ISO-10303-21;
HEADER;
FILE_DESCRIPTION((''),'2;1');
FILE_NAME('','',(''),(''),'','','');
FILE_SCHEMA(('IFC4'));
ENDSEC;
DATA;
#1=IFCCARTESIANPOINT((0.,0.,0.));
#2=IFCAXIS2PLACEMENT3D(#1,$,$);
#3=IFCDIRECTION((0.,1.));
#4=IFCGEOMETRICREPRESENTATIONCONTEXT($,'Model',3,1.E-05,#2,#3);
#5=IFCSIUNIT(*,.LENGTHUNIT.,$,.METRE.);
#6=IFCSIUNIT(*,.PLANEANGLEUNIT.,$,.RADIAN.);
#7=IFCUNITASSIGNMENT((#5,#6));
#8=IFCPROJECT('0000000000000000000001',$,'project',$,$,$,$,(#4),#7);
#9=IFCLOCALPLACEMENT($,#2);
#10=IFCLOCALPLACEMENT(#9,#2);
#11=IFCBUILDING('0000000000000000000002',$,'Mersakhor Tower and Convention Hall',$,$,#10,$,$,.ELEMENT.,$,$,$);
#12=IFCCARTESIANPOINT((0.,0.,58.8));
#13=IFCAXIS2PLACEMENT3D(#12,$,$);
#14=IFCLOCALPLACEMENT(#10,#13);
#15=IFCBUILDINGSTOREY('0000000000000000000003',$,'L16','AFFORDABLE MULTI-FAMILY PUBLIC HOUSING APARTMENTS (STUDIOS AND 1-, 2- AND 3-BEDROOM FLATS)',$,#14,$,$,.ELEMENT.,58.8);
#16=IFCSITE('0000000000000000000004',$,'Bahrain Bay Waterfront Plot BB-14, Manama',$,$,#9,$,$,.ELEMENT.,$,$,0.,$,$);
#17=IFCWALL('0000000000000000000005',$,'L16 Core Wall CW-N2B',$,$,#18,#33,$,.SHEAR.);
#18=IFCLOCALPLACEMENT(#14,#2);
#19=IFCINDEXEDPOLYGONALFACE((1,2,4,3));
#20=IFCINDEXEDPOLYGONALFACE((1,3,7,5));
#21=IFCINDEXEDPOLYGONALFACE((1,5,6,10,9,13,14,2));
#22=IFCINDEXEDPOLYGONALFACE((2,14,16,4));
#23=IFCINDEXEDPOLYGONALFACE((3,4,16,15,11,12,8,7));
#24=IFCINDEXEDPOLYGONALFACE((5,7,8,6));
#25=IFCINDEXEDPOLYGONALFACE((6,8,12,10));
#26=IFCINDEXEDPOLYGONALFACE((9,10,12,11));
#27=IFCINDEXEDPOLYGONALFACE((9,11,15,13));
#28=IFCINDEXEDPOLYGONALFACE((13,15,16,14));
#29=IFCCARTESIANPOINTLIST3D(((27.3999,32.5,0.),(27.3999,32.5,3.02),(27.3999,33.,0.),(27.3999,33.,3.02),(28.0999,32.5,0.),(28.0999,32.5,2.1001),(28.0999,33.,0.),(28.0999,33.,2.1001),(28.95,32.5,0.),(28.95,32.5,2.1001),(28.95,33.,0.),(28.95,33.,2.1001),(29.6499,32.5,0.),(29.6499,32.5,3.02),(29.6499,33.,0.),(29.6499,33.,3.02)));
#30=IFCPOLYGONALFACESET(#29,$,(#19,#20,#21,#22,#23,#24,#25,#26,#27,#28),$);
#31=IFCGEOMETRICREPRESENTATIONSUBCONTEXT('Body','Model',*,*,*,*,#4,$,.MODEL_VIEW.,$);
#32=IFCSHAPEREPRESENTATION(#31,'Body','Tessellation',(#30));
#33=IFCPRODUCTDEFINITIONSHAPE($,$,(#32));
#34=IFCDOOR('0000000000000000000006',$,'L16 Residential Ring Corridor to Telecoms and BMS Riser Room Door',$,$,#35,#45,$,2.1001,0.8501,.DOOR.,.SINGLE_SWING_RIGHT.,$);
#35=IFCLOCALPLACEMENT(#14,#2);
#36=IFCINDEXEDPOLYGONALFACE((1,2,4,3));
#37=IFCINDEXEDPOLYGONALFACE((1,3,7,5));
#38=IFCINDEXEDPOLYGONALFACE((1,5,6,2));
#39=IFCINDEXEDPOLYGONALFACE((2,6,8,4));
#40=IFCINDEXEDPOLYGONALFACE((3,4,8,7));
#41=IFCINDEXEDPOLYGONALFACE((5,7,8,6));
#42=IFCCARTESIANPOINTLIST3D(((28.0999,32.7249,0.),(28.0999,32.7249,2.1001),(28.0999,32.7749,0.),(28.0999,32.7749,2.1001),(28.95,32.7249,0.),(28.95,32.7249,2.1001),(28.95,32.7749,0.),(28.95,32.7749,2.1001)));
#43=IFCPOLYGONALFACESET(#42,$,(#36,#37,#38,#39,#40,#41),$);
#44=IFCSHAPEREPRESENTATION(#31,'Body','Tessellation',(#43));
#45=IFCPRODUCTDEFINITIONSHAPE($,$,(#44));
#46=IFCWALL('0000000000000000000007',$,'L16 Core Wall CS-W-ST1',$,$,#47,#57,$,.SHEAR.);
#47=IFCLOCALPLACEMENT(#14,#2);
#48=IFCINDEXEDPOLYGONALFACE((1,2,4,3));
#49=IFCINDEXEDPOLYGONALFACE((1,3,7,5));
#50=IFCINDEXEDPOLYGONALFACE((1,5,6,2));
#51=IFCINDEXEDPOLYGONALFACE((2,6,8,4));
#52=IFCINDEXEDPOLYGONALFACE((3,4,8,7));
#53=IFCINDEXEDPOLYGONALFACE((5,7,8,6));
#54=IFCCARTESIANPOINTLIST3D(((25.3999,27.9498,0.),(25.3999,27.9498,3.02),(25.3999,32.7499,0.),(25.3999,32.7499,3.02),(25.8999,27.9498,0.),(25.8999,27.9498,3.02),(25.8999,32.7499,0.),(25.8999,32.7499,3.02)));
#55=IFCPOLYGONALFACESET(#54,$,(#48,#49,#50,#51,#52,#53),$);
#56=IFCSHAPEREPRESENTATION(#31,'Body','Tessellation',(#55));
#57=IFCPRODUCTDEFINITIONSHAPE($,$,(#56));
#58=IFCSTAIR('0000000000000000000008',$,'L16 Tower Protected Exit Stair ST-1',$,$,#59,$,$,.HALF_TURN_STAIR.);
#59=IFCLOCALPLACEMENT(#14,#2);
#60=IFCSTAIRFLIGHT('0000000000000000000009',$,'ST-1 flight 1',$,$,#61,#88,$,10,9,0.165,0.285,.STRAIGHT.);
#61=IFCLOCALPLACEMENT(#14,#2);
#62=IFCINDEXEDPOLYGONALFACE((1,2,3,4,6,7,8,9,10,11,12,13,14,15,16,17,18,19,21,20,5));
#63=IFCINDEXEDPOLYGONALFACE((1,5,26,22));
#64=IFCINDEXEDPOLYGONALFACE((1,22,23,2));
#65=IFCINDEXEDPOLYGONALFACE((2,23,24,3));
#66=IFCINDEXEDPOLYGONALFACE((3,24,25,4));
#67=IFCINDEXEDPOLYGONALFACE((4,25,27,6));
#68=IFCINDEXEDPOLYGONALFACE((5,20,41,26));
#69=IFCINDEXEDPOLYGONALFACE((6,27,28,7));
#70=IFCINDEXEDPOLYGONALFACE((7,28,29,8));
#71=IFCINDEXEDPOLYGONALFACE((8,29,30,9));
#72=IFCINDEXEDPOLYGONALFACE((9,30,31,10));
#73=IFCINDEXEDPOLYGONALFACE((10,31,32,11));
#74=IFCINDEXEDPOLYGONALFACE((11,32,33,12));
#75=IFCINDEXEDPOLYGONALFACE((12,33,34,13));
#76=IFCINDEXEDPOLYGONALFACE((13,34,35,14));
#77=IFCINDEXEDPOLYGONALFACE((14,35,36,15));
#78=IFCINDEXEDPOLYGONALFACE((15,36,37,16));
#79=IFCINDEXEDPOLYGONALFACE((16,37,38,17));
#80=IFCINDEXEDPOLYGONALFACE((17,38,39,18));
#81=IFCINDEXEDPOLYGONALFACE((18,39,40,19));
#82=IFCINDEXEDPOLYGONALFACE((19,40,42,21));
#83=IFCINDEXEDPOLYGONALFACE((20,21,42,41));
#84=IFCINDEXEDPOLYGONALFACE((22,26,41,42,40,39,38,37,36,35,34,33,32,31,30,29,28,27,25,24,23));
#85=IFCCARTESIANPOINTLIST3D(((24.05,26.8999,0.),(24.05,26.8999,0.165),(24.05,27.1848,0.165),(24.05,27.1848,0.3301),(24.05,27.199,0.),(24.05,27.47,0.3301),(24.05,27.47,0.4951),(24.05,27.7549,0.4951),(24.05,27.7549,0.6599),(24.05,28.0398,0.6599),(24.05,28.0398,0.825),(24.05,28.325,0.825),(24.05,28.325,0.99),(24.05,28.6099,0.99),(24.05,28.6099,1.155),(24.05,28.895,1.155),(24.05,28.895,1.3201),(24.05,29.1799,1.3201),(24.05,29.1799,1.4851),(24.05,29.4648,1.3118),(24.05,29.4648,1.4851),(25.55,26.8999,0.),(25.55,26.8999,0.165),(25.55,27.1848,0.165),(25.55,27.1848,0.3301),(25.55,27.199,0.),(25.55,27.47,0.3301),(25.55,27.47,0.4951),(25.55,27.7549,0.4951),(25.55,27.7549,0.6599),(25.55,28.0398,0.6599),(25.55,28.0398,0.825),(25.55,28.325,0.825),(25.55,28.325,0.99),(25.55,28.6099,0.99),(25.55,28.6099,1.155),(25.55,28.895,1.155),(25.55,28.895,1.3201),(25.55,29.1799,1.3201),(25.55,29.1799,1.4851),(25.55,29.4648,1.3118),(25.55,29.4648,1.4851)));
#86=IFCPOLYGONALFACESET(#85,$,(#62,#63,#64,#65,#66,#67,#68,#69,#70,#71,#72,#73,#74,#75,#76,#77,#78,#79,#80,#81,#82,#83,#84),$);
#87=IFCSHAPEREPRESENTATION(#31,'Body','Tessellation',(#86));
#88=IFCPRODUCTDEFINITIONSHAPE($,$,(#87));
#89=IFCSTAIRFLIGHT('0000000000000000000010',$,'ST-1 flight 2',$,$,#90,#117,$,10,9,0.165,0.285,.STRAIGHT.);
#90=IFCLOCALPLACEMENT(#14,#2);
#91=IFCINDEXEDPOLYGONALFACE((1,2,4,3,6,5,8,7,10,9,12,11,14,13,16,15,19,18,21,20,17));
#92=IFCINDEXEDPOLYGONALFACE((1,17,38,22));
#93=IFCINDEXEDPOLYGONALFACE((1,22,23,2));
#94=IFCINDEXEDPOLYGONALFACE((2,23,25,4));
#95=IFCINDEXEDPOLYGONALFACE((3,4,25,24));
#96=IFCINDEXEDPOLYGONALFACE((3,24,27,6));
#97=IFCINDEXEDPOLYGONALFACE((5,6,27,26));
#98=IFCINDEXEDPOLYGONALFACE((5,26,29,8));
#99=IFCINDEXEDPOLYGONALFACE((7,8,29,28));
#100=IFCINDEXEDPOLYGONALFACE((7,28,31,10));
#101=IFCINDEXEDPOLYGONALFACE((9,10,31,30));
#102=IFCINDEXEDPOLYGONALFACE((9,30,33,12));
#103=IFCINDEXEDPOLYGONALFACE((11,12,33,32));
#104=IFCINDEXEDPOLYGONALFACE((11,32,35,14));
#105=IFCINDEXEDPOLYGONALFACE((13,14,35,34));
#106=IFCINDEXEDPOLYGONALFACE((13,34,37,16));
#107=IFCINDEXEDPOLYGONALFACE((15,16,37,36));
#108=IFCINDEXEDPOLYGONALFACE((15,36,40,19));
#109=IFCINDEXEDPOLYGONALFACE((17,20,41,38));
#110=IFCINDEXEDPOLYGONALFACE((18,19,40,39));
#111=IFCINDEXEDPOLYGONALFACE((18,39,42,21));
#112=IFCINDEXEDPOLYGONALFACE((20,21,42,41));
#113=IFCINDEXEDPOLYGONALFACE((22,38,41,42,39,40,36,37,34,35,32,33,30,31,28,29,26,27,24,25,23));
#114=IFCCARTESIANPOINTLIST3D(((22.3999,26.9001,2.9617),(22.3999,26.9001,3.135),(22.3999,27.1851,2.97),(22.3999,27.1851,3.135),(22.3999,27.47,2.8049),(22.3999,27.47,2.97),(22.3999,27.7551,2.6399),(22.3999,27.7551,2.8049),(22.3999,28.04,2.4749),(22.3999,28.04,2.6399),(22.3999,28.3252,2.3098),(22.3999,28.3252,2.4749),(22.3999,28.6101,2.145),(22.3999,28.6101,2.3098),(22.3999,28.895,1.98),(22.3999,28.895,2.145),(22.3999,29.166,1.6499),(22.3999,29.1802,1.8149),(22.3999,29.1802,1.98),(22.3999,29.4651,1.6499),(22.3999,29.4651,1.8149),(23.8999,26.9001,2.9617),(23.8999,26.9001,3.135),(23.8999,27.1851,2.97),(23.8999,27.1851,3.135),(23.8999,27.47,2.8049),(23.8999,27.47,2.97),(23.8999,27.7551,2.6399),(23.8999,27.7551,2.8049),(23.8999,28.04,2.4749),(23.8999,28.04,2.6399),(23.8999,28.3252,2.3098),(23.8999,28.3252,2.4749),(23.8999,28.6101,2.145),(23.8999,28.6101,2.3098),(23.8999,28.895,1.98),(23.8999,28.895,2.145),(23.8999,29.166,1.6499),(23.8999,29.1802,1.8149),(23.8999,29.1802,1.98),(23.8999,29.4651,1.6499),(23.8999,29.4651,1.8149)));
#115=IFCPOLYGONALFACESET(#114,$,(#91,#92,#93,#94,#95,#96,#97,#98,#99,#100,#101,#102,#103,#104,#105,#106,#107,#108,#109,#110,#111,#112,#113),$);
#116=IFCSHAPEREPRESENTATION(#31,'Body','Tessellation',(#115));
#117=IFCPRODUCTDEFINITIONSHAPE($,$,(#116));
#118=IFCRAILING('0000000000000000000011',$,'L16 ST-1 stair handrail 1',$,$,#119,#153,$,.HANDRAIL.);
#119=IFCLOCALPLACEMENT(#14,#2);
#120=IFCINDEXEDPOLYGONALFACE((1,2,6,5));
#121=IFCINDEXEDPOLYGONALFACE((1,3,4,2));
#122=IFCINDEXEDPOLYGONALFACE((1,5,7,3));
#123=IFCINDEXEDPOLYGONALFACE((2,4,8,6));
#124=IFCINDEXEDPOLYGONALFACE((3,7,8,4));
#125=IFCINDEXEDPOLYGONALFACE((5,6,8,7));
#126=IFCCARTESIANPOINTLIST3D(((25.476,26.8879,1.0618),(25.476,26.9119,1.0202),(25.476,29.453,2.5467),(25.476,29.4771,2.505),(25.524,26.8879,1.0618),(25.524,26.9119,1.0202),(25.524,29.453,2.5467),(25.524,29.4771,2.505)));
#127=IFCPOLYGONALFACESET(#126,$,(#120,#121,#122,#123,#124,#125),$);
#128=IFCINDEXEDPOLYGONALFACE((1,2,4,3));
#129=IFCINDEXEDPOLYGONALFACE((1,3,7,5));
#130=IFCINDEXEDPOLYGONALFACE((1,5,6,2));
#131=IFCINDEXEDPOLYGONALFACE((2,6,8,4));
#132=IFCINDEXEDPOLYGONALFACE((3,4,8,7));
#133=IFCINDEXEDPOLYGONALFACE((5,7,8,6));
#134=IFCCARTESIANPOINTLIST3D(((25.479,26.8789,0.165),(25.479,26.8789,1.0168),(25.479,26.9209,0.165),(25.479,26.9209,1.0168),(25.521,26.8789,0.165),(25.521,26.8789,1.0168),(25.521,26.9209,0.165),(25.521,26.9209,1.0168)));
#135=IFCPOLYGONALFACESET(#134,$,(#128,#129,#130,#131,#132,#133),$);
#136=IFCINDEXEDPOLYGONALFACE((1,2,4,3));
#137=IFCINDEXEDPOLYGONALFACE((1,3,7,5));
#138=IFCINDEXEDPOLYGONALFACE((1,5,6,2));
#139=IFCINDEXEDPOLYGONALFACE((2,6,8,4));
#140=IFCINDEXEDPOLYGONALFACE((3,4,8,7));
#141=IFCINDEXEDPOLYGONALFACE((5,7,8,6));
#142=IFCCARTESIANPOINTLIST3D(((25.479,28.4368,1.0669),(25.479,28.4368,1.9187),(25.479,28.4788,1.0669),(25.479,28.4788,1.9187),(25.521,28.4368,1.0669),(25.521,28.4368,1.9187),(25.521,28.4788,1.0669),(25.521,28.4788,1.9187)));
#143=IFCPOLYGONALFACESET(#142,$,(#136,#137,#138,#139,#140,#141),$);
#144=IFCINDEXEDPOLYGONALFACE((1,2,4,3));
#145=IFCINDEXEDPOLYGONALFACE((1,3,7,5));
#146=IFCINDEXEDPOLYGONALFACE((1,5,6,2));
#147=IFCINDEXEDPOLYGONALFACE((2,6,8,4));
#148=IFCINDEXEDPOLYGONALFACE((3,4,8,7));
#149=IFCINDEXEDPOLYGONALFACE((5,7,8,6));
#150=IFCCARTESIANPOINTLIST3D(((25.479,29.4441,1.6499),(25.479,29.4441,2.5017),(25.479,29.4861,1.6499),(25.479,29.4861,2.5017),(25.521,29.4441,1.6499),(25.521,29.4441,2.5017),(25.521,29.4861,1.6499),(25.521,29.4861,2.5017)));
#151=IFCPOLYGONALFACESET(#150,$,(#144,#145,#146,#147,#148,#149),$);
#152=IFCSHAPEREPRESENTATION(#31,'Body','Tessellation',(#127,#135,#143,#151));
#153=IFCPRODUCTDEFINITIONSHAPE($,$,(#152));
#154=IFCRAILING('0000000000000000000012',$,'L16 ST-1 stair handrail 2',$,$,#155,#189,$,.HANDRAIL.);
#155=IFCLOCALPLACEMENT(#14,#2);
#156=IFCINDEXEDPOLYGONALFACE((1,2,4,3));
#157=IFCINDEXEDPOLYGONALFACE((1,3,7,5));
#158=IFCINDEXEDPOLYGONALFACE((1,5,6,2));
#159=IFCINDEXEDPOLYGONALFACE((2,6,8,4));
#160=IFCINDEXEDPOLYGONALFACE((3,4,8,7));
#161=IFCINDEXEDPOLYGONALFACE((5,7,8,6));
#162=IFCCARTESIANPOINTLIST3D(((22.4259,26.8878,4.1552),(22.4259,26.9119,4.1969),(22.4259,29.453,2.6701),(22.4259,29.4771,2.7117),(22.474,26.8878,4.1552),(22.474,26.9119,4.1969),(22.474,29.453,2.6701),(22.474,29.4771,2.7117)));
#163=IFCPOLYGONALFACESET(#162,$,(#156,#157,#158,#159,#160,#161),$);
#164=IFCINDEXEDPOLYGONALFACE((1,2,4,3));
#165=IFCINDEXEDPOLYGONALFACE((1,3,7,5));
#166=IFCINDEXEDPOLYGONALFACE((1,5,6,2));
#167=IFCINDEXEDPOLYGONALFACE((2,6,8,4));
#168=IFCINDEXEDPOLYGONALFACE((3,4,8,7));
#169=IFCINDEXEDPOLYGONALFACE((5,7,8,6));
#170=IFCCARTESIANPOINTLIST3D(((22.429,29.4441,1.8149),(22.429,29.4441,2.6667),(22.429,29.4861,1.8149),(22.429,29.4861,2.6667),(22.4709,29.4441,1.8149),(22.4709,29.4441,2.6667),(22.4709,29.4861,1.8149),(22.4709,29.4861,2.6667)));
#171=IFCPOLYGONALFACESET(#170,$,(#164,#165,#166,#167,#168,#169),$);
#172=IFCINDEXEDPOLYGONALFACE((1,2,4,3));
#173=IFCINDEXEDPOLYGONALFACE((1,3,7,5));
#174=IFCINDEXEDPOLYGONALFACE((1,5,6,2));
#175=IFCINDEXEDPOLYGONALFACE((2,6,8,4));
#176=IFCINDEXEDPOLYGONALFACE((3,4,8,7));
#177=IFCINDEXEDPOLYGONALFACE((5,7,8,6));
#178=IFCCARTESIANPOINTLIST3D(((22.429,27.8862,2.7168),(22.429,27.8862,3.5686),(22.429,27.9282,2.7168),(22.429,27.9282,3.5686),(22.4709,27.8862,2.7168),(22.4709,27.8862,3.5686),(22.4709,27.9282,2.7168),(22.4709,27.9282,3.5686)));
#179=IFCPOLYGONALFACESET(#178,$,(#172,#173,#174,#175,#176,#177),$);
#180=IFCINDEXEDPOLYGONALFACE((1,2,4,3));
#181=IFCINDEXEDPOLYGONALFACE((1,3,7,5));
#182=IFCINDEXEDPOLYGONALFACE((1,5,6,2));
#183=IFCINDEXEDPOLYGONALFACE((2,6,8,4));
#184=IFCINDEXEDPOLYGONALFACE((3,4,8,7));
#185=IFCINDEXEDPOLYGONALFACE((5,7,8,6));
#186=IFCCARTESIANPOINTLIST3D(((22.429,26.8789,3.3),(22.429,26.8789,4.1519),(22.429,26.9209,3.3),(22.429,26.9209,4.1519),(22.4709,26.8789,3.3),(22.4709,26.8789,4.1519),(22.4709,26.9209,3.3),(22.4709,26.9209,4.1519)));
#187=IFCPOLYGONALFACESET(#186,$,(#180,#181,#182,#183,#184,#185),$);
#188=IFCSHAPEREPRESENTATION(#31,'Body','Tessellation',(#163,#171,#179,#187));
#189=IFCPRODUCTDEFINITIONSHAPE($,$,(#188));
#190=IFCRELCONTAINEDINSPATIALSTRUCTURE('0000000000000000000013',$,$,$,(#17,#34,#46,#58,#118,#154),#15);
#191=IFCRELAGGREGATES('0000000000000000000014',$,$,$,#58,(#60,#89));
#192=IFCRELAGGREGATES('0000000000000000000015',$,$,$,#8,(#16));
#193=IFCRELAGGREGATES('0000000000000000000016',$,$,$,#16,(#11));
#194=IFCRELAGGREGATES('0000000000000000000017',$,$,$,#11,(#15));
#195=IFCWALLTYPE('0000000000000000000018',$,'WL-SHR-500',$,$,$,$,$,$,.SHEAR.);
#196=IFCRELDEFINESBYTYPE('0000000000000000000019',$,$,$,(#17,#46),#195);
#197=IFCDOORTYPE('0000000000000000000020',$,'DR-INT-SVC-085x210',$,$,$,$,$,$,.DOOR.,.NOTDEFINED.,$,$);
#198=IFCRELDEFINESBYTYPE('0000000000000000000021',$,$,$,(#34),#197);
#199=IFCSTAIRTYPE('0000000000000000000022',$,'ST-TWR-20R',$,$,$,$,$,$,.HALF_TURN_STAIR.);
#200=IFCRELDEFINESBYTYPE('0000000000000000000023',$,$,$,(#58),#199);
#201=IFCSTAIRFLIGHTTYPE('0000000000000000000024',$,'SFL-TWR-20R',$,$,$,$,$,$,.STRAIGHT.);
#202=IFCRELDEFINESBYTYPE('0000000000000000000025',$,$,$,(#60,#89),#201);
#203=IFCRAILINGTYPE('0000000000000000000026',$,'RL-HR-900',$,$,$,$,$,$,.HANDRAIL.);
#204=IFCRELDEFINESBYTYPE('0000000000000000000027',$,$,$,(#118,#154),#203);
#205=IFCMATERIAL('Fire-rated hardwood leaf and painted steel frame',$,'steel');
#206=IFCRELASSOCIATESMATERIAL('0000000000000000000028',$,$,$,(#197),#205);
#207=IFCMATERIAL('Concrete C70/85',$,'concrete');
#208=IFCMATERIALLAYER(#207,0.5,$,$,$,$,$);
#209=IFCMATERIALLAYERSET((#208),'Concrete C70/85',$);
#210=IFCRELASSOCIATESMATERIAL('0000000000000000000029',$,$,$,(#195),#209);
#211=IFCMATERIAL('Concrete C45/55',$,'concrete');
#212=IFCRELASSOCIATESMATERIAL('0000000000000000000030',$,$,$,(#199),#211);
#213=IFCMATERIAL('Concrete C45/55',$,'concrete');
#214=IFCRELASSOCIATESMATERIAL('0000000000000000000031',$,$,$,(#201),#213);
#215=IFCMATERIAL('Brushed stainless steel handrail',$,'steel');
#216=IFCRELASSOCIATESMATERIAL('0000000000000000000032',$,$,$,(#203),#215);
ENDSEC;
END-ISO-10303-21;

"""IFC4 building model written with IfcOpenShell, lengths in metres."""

from ifc_helpers import new_model, si_unit, direction, frame, frame_2d, origin, origin_2d, place, context, subcontext, project, spatial, polyline, rectangle, outline, extrude, material, layer, layer_set, type_object, element, fill, aggregate, save


model = new_model("IFC4")

# Units and contexts
model_context = context("Model", 3, precision=1e-05, world=origin(), true_north=direction((0.0, 1.0)))
body_context = subcontext(model_context, "Body", "Model", "MODEL_VIEW")
ifc_project = project(units=[si_unit("LENGTHUNIT", "METRE"), si_unit("PLANEANGLEUNIT", "RADIAN")], contexts=[model_context])

# Site, building, storey
site_placement = place(None, origin())
site = spatial("IfcSite", under=ifc_project, at=site_placement, Name="Bahrain Bay Waterfront Plot BB-14, Manama", CompositionType="ELEMENT", RefElevation=0.0)
building_placement = place(site_placement, origin())
building = spatial("IfcBuilding", under=site, at=building_placement, Name="Mersakhor Tower and Convention Hall", CompositionType="ELEMENT")
storey_placement = place(building_placement, frame((0.0, 0.0, 58.8)))
storey = spatial("IfcBuildingStorey", under=building, at=storey_placement, Name="L16", Description="AFFORDABLE MULTI-FAMILY PUBLIC HOUSING APARTMENTS (STUDIOS AND 1-, 2- AND 3-BEDROOM FLATS)", CompositionType="ELEMENT", Elevation=58.8)

# Shared definitions
ifc_material_1 = material(Name="Fire-rated hardwood leaf and painted steel frame", Category="steel")
door_type_1 = type_object("IfcDoorType", Name="DR-INT-SVC-085x210", OperationType="NOTDEFINED", PredefinedType="DOOR", material=ifc_material_1)

# Shared definitions
ifc_material_2 = material(Name="Concrete C70/85", Category="concrete")
ifc_layer_1 = layer(ifc_material_2, 0.5)
ifc_layer_set_1 = layer_set([ifc_layer_1], Name="Concrete C70/85")
wall_type_1 = type_object("IfcWallType", Name="WL-SHR-500", PredefinedType="SHEAR", material=ifc_layer_set_1)

# Wall, opening, door
wall_1_placement = place(storey_placement, frame((27.3999, 32.75, 0.0), z_axis=(0.0, 0.0, 1.0), x_axis=(1.0, 0.0, 0.0)))
wall_1 = element("IfcWall", 1, at=wall_1_placement, inside=storey, type_object=wall_type_1, Name="L16 Core Wall CW-N2B", PredefinedType="SHEAR", context=body_context, shape_type="SweptSolid", body=[
    extrude(rectangle(XDim=2.25, YDim=0.5, at=frame_2d((1.125, 0.0))), origin(), (0.0, 0.0, 1.0), 3.02),
])
opening_1_placement = place(wall_1_placement, frame((0.7, 0.0, 0.0)))
opening_1 = element("IfcOpeningElement", 2, at=opening_1_placement, cuts=wall_1, PredefinedType="OPENING", context=body_context, shape_type="SweptSolid", body=[
    extrude(rectangle(XDim=0.8501, YDim=2.1001, at=frame_2d((0.425, 1.05))), frame((0.0, 0.26, 0.0), z_axis=(0.0, -1.0, 0.0), x_axis=(1.0, 0.0, 0.0)), (0.0, 0.0, 1.0), 0.52),
])
door_1_placement = place(opening_1_placement, origin())
door_1 = element("IfcDoor", 3, at=door_1_placement, inside=storey, type_object=door_type_1, Name="L16 Residential Ring Corridor to Telecoms and BMS Riser Room Door", OperationType="SINGLE_SWING_RIGHT", OverallHeight=2.1001, OverallWidth=0.8501, PredefinedType="DOOR", context=body_context, shape_type="SweptSolid", body=[
    extrude(rectangle(XDim=0.8501, YDim=2.1001, at=frame_2d((0.425, 1.05))), frame((0.0, 0.0249, 0.0), z_axis=(0.0, -1.0, 0.0), x_axis=(1.0, 0.0, 0.0)), (0.0, 0.0, 1.0), 0.05),
])
fill(opening_1, door_1)

# Wall
wall_2_placement = place(storey_placement, frame((25.6499, 27.95, 0.0), z_axis=(0.0, 0.0, 1.0), x_axis=(0.0, 1.0, 0.0)))
element("IfcWall", 4, at=wall_2_placement, inside=storey, type_object=wall_type_1, Name="L16 Core Wall CS-W-ST1", PredefinedType="SHEAR", context=body_context, shape_type="SweptSolid", body=[
    extrude(rectangle(XDim=4.8, YDim=0.5, at=frame_2d((2.3999, 0.0))), origin(), (0.0, 0.0, 1.0), 3.02),
])

# Stair, stair flights
ifc_material_3 = material(Name="Concrete C45/55", Category="concrete")
stair_type = type_object("IfcStairType", Name="ST-TWR-20R", PredefinedType="HALF_TURN_STAIR", material=ifc_material_3)
stair_placement = place(storey_placement, origin())
stair = element("IfcStair", 5, at=stair_placement, inside=storey, type_object=stair_type, Name="L16 Tower Protected Exit Stair ST-1", PredefinedType="HALF_TURN_STAIR")
ifc_material_4 = material(Name="Concrete C45/55", Category="concrete")
stair_flight_type = type_object("IfcStairFlightType", Name="SFL-TWR-20R", PredefinedType="STRAIGHT", material=ifc_material_4)
stair_flight_1_placement = place(storey_placement, frame((24.8, 26.8999, 0.0), z_axis=(0.0, 0.0, 1.0), x_axis=(0.0, 1.0, 0.0)))
stair_flight_1 = element("IfcStairFlight", 6, at=stair_flight_1_placement, type_object=stair_flight_type, Name="ST-1 flight 1", NumberOfRisers=10, NumberOfTreads=9, PredefinedType="STRAIGHT", RiserHeight=0.165, TreadLength=0.285, context=body_context, shape_type="SweptSolid", body=[
    extrude(outline(polyline([(0.0, 0.0), (0.0, 0.165), (0.2849, 0.165), (0.2849, 0.3301), (0.5701, 0.3301), (0.5701, 0.4951), (0.855, 0.4951), (0.855, 0.6599), (1.1399, 0.6599), (1.1399, 0.825), (1.425, 0.825), (1.425, 0.99), (1.71, 0.99), (1.71, 1.155), (1.9951, 1.155), (1.9951, 1.3201), (2.28, 1.3201), (2.28, 1.4851), (2.5649, 1.4851), (2.5649, 1.6499), (2.5649, 1.3118), (0.2991, 0.0), (0.0, 0.0)])), frame((0.0, 0.75, 0.0), z_axis=(0.0, -1.0, 0.0), x_axis=(1.0, 0.0, 0.0)), (0.0, 0.0, 1.0), 1.5),
])
stair_flight_2_placement = place(storey_placement, frame((23.1499, 29.4651, 1.6499), z_axis=(0.0, 0.0, 1.0), x_axis=(0.0, -1.0, 0.0)))
stair_flight_2 = element("IfcStairFlight", 7, at=stair_flight_2_placement, type_object=stair_flight_type, Name="ST-1 flight 2", NumberOfRisers=10, NumberOfTreads=9, PredefinedType="STRAIGHT", RiserHeight=0.165, TreadLength=0.285, context=body_context, shape_type="SweptSolid", body=[
    extrude(outline(polyline([(0.0, 0.0), (0.0, 0.165), (0.2849, 0.165), (0.2849, 0.3301), (0.5701, 0.3301), (0.5701, 0.4951), (0.855, 0.4951), (0.855, 0.6599), (1.1399, 0.6599), (1.1399, 0.825), (1.425, 0.825), (1.425, 0.99), (1.71, 0.99), (1.71, 1.155), (1.9951, 1.155), (1.9951, 1.3201), (2.28, 1.3201), (2.28, 1.4851), (2.5649, 1.4851), (2.5649, 1.6499), (2.5649, 1.3118), (0.2991, 0.0), (0.0, 0.0)])), frame((0.0, 0.75, 0.0), z_axis=(0.0, -1.0, 0.0), x_axis=(1.0, 0.0, 0.0)), (0.0, 0.0, 1.0), 1.5),
])
aggregate(stair, [stair_flight_1, stair_flight_2])

# Railings
ifc_material_5 = material(Name="Brushed stainless steel handrail", Category="steel")
railing_type_1 = type_object("IfcRailingType", Name="RL-HR-900", PredefinedType="HANDRAIL", material=ifc_material_5)
railing_1_placement = place(storey_placement, frame((25.5, 26.8999, 0.165)))
element("IfcRailing", 8, at=railing_1_placement, inside=storey, type_object=railing_type_1, Name="L16 ST-1 stair handrail 1", PredefinedType="HANDRAIL", context=body_context, shape_type="SweptSolid", body=[
    extrude(rectangle(XDim=0.0481, YDim=0.0481, at=origin_2d()), frame((0.0, 0.0, 0.876), z_axis=(0.0, 0.865462, 0.500975), x_axis=(-1.0, 0.0, 0.0)), (0.0, 0.0, 1.0), 2.9639),
    extrude(rectangle(XDim=0.042, YDim=0.042, at=origin_2d()), origin(), (0.0, 0.0, 1.0), 0.8518),
    extrude(rectangle(XDim=0.042, YDim=0.042, at=origin_2d()), frame((0.0, 1.5579, 0.9019)), (0.0, 0.0, 1.0), 0.8518),
    extrude(rectangle(XDim=0.042, YDim=0.042, at=origin_2d()), frame((0.0, 2.5652, 1.4849)), (0.0, 0.0, 1.0), 0.8518),
])
railing_2_placement = place(storey_placement, frame((22.45, 29.4651, 1.8149)))
element("IfcRailing", 9, at=railing_2_placement, inside=storey, type_object=railing_type_1, Name="L16 ST-1 stair handrail 2", PredefinedType="HANDRAIL", context=body_context, shape_type="SweptSolid", body=[
    extrude(rectangle(XDim=0.0481, YDim=0.0481, at=origin_2d()), frame((0.0, 0.0, 0.876), z_axis=(0.0, -0.865426, 0.501036), x_axis=(1.0, 0.0, 0.0)), (0.0, 0.0, 1.0), 2.9641),
    extrude(rectangle(XDim=0.042, YDim=0.042, at=origin_2d()), origin(), (0.0, 0.0, 1.0), 0.8518),
    extrude(rectangle(XDim=0.042, YDim=0.042, at=origin_2d()), frame((0.0, -1.5579, 0.9019)), (0.0, 0.0, 1.0), 0.8518),
    extrude(rectangle(XDim=0.042, YDim=0.042, at=origin_2d()), frame((0.0, -2.5652, 1.4851)), (0.0, 0.0, 1.0), 0.8518),
])

save(model, "model.ifc")
